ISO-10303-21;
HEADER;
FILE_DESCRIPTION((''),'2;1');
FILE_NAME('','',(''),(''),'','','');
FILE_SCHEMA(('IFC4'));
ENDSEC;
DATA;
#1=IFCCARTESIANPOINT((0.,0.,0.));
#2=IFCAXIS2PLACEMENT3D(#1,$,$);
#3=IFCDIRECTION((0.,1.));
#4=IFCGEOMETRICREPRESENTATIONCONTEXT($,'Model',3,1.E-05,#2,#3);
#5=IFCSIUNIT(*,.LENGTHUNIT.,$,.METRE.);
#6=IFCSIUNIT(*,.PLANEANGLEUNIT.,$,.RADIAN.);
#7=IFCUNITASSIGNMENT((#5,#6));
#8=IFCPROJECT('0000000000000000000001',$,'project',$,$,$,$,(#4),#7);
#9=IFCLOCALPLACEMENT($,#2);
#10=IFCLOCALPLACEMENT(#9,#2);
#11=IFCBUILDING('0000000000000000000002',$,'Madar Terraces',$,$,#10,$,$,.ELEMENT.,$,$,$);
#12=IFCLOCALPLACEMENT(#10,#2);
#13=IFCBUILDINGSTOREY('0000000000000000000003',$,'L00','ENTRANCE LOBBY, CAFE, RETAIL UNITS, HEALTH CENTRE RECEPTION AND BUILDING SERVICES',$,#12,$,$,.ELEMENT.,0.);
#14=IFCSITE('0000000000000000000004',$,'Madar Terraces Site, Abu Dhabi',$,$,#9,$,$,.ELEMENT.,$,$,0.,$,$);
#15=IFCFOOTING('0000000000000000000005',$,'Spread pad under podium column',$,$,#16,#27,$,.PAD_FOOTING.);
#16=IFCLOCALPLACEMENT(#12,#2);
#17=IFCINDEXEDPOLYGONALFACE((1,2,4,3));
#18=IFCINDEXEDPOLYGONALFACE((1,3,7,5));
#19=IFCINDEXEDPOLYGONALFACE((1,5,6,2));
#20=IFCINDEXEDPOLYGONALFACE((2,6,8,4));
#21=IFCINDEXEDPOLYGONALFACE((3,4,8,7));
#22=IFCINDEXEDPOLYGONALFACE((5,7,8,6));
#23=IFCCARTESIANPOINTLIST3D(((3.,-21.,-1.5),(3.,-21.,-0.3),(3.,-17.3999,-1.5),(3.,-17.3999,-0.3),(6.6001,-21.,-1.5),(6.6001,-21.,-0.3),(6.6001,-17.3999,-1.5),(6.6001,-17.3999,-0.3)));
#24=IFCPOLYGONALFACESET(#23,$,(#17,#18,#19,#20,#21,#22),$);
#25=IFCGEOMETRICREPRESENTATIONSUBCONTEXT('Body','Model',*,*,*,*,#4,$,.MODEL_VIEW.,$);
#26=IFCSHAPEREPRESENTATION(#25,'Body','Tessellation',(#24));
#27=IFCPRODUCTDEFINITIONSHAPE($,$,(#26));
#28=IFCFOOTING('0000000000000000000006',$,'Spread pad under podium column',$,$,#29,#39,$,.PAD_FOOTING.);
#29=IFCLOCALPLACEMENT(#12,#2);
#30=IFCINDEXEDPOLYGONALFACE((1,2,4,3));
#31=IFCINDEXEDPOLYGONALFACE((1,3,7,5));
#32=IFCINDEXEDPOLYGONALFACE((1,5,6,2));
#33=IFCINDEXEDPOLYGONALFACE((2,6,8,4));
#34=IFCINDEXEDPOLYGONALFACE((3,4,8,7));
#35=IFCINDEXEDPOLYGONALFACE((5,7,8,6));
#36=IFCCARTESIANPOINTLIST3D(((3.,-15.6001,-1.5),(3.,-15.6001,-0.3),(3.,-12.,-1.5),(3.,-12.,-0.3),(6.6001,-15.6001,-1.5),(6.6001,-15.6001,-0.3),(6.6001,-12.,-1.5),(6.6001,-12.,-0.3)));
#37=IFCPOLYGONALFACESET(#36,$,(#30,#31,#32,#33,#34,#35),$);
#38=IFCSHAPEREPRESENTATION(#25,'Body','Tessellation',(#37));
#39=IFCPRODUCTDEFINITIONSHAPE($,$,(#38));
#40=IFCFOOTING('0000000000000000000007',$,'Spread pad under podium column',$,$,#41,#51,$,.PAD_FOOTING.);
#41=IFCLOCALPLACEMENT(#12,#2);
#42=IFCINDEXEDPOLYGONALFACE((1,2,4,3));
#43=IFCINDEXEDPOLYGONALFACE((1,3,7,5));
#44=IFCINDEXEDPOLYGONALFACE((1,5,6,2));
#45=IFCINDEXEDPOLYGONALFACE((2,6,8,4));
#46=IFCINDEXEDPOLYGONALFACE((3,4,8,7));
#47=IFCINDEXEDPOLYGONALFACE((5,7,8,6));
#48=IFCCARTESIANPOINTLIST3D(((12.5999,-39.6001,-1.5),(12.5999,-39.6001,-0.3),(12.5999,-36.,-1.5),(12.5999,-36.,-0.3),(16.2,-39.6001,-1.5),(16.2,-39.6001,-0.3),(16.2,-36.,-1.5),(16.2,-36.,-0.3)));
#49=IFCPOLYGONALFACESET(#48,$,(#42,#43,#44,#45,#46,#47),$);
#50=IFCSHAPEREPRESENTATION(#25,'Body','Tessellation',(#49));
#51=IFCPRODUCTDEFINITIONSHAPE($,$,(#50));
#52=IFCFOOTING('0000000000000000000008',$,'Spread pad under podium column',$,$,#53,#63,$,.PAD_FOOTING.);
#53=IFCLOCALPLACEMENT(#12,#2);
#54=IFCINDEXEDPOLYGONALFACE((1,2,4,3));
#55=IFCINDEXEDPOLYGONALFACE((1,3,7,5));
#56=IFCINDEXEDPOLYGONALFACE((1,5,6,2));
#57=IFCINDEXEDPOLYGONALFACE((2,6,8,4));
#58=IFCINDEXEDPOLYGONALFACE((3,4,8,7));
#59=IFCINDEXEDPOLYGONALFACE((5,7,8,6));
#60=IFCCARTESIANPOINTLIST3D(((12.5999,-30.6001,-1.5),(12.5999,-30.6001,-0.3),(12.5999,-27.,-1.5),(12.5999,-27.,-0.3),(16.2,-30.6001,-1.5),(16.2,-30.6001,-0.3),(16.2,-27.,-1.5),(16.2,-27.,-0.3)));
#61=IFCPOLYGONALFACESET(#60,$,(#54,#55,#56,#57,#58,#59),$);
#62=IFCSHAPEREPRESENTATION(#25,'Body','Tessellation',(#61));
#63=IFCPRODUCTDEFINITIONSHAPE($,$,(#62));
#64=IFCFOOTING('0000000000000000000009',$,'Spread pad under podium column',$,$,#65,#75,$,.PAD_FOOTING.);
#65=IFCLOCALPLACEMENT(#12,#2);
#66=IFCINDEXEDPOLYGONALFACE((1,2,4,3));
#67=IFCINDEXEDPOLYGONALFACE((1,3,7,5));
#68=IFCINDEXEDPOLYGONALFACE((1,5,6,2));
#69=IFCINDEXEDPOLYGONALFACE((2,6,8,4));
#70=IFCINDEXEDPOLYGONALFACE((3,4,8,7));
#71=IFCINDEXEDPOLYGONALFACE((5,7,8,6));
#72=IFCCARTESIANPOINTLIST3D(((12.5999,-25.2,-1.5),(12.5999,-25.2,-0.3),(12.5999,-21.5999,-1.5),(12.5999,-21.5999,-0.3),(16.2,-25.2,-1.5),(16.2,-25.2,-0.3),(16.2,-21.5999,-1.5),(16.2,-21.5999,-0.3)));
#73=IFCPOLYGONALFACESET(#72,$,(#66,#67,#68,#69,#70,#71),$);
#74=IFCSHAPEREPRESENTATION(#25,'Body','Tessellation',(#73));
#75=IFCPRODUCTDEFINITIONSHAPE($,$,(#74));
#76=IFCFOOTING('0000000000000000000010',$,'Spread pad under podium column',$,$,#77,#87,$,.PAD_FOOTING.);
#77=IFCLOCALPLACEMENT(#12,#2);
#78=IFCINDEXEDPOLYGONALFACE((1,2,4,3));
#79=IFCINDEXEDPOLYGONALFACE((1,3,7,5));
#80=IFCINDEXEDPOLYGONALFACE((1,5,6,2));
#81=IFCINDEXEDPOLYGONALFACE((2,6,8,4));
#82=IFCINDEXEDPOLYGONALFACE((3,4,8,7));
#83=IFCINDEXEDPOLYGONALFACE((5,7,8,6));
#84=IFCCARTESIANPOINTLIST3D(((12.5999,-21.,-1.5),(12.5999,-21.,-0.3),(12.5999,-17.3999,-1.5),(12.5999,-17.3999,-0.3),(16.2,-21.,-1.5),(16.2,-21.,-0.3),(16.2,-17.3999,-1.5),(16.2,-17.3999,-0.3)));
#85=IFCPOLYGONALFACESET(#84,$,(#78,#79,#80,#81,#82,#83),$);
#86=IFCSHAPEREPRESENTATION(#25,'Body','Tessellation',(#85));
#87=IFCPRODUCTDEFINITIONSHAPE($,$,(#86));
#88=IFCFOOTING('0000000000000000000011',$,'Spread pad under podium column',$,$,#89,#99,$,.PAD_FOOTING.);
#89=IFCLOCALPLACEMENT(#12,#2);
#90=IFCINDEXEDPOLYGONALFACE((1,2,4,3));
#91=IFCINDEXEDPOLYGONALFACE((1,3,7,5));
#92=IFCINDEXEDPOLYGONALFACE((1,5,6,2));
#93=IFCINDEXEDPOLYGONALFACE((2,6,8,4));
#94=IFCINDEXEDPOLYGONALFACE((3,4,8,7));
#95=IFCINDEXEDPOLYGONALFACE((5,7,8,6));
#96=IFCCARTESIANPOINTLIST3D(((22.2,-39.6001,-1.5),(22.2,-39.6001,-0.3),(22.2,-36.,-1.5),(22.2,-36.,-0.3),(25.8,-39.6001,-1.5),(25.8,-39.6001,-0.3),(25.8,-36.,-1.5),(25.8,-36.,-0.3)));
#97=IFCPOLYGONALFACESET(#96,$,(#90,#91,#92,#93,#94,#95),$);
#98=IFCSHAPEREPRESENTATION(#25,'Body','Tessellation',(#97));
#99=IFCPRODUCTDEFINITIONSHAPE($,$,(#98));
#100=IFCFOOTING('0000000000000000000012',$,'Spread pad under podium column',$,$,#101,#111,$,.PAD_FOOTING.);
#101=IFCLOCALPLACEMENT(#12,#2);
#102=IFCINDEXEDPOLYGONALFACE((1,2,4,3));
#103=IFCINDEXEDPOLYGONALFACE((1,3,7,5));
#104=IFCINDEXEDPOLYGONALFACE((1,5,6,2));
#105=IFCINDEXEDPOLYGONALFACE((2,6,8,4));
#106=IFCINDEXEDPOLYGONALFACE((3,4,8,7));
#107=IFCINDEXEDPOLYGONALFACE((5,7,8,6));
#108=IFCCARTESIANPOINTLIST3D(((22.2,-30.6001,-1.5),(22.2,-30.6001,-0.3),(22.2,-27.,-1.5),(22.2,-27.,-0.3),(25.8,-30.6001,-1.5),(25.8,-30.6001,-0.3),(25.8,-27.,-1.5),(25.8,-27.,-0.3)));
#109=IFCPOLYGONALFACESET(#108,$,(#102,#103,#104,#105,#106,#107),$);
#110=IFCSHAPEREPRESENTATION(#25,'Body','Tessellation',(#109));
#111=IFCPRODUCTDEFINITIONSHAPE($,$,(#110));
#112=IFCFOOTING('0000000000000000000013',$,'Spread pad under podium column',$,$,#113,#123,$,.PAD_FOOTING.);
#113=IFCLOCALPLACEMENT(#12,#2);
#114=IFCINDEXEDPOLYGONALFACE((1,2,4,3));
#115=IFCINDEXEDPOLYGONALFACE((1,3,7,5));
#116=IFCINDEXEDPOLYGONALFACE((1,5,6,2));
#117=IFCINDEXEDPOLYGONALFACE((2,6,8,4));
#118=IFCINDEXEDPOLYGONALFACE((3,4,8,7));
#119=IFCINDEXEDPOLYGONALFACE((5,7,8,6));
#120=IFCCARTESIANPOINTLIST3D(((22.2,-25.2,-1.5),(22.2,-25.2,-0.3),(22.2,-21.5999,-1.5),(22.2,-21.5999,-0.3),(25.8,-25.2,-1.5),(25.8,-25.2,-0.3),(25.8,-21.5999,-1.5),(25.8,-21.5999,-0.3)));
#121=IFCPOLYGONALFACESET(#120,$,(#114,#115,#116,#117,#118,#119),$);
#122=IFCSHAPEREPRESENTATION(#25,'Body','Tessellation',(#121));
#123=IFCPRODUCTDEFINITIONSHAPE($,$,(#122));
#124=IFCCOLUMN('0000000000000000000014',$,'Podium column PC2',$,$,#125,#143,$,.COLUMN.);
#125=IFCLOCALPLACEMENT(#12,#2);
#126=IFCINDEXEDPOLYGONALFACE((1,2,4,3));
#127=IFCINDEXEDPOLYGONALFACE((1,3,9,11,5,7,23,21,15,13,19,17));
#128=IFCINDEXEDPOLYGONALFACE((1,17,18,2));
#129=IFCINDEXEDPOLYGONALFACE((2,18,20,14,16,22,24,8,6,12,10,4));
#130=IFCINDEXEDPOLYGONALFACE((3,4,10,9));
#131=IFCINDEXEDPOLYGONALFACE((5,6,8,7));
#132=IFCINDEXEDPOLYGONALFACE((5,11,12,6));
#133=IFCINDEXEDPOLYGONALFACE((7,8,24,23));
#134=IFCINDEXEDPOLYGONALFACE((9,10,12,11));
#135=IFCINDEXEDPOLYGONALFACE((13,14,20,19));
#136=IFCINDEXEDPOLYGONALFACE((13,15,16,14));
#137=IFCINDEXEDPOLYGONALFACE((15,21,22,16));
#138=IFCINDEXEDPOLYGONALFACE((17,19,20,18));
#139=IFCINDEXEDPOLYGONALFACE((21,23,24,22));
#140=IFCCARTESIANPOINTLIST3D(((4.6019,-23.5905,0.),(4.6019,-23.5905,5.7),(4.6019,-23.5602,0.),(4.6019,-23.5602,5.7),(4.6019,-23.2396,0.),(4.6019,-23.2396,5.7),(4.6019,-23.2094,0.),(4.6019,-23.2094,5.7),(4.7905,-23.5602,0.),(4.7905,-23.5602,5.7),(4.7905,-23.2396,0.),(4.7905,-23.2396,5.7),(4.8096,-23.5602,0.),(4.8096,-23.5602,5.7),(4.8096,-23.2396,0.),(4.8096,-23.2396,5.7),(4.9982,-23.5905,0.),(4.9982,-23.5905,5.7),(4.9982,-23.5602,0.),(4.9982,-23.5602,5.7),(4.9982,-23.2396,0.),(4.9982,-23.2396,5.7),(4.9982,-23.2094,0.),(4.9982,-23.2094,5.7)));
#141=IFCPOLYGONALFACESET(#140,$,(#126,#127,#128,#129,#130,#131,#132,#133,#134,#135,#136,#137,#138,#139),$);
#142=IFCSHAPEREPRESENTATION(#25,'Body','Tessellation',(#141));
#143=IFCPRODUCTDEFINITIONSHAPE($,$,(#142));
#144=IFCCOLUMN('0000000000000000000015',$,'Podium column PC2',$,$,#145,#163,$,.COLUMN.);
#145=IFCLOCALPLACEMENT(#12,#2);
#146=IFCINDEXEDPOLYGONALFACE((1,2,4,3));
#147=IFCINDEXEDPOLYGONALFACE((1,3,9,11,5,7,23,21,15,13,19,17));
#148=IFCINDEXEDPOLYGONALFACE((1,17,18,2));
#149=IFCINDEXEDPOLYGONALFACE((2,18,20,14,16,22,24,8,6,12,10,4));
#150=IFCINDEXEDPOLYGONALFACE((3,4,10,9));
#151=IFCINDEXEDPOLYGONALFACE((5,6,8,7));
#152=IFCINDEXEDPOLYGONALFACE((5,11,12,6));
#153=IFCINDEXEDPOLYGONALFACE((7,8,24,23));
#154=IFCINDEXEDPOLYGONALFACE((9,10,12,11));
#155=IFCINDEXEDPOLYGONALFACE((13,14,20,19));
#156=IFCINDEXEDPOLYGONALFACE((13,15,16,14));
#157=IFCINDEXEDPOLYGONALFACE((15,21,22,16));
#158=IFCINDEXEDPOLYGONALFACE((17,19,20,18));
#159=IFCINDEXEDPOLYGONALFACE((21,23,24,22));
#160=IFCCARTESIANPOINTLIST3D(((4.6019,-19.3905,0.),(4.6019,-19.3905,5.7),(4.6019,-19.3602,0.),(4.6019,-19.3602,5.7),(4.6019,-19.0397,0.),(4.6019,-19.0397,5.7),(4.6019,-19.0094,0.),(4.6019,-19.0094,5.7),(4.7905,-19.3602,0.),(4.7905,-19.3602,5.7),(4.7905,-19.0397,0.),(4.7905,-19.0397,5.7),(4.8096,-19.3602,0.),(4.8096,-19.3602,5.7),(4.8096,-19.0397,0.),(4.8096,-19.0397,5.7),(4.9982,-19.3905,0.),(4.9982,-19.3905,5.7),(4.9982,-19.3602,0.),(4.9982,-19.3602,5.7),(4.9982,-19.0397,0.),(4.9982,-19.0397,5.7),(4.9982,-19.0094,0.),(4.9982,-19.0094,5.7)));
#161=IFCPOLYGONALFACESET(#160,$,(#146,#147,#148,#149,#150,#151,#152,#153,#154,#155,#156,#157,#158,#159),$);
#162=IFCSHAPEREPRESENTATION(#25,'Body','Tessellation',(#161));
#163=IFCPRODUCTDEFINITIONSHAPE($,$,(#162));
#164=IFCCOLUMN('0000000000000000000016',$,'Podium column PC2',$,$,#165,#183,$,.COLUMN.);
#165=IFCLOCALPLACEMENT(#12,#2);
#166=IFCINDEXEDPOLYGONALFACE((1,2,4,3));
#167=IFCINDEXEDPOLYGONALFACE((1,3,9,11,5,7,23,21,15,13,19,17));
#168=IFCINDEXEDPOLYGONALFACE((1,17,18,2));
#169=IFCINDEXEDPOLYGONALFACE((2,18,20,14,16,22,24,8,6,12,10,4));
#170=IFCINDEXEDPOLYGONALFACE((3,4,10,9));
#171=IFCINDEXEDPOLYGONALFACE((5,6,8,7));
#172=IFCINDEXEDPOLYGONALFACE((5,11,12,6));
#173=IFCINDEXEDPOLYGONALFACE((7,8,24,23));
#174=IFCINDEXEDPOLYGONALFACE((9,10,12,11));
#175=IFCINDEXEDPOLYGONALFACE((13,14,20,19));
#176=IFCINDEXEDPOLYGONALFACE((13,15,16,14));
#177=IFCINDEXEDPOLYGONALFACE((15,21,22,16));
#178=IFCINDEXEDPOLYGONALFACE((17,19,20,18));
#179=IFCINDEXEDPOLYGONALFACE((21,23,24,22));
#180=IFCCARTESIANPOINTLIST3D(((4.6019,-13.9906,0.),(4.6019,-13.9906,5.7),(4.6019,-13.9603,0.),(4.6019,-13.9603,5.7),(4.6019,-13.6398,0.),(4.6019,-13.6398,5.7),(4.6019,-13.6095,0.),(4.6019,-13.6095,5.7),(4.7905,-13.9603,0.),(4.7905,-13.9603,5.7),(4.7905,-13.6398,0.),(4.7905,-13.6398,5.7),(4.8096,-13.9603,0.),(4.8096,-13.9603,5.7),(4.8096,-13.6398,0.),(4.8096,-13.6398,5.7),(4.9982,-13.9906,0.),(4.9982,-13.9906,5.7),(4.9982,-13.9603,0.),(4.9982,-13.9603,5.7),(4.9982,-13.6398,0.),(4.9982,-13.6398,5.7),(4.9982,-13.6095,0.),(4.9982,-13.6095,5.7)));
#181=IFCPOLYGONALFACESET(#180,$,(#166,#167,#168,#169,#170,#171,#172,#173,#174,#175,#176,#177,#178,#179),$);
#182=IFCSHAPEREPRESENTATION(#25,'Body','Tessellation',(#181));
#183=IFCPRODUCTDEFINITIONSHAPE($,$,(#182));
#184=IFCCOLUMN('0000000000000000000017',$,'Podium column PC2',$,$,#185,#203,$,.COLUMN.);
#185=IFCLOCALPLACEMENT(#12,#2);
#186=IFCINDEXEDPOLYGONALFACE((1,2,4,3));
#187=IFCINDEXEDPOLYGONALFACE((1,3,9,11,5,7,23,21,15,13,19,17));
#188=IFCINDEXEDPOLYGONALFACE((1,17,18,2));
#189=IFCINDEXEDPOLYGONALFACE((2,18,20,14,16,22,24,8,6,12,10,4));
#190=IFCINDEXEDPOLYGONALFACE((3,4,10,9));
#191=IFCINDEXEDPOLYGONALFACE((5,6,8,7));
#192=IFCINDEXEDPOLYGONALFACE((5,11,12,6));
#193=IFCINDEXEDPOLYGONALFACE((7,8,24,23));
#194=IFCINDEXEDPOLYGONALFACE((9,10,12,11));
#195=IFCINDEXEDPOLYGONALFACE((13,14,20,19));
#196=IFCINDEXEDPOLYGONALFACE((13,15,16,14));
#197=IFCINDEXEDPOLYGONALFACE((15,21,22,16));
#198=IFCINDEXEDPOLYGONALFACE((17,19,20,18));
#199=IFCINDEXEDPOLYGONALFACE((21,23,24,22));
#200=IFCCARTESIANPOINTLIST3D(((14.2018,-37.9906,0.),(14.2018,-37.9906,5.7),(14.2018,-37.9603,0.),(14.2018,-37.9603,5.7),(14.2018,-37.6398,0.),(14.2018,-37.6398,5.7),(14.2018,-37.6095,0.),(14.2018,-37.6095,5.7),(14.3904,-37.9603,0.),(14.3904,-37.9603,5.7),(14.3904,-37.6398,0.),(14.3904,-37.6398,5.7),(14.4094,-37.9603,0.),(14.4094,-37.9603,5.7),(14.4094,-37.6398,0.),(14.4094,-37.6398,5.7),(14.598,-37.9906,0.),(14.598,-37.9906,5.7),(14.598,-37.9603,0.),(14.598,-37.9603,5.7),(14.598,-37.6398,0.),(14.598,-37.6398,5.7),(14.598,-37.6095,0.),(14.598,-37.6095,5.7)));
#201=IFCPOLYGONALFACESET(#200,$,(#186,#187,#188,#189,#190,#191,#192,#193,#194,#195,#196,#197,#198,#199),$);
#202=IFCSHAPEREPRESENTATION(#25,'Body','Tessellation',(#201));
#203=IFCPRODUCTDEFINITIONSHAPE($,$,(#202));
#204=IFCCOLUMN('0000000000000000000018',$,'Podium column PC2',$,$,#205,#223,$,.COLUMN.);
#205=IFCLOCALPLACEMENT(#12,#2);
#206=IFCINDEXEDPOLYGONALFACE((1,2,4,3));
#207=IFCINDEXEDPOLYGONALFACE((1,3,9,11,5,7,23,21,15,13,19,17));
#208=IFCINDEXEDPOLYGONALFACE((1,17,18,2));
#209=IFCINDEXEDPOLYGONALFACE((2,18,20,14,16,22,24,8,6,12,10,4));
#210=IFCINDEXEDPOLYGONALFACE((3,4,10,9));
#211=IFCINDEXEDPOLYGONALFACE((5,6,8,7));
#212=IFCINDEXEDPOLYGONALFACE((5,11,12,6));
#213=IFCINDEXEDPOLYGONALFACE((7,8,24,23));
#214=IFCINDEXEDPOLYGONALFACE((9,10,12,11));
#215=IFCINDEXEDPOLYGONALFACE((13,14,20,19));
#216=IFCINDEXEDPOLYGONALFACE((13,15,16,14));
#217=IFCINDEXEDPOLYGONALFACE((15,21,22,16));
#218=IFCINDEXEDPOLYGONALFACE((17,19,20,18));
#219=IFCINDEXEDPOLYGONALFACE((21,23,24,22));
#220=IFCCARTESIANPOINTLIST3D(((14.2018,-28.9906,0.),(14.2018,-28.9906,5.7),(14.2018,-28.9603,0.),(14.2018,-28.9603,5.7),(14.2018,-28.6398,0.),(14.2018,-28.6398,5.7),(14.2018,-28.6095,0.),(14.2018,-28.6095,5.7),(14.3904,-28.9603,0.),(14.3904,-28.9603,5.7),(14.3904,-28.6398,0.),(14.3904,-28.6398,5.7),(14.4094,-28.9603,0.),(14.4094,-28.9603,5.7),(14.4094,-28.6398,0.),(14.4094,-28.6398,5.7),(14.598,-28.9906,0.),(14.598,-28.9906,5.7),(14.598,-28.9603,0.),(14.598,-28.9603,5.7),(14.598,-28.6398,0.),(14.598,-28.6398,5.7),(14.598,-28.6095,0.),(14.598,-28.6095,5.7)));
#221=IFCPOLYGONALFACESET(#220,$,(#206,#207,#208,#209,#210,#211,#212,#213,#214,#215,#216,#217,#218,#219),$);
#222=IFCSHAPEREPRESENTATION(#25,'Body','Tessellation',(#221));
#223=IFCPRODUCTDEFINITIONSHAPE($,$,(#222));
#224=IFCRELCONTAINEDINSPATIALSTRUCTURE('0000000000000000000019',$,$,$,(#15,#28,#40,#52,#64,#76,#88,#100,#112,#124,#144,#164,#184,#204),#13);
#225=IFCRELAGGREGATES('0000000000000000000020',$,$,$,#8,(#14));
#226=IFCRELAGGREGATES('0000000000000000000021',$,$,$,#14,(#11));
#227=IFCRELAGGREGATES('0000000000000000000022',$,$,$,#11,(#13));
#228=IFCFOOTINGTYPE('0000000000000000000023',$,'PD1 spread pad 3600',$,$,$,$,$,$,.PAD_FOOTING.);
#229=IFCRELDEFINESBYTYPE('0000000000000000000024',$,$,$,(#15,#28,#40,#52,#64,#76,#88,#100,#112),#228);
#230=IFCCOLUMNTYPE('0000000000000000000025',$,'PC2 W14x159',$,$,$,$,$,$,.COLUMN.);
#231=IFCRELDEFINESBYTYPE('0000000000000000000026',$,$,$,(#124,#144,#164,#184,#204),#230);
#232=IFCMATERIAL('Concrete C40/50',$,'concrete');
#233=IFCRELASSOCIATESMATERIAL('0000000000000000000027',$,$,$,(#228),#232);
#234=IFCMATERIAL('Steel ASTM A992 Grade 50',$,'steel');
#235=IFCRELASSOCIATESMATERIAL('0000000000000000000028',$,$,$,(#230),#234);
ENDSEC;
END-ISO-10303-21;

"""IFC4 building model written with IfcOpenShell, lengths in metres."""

from ifc_helpers import new_model, si_unit, direction, frame, origin, origin_2d, place, context, subcontext, project, spatial, rectangle, i_section, extrude, material, material_profile, profile_set, type_object, element, save


model = new_model("IFC4")

# Units and contexts
model_context = context("Model", 3, precision=1e-05, world=origin(), true_north=direction((0.0, 1.0)))
body_context = subcontext(model_context, "Body", "Model", "MODEL_VIEW")
ifc_project = project(units=[si_unit("LENGTHUNIT", "METRE"), si_unit("PLANEANGLEUNIT", "RADIAN")], contexts=[model_context])

# Site, building, storey
site_placement = place(None, origin())
site = spatial("IfcSite", under=ifc_project, at=site_placement, Name="Madar Terraces Site, Abu Dhabi", CompositionType="ELEMENT", RefElevation=0.0)
building_placement = place(site_placement, origin())
building = spatial("IfcBuilding", under=site, at=building_placement, Name="Madar Terraces", CompositionType="ELEMENT")
storey_placement = place(building_placement, origin())
storey = spatial("IfcBuildingStorey", under=building, at=storey_placement, Name="L00", Description="ENTRANCE LOBBY, CAFE, RETAIL UNITS, HEALTH CENTRE RECEPTION AND BUILDING SERVICES", CompositionType="ELEMENT", Elevation=0.0)

# Footings
ifc_material_1 = material(Name="Concrete C40/50", Category="concrete")
footing_type = type_object("IfcFootingType", Name="PD1 spread pad 3600", PredefinedType="PAD_FOOTING", material=ifc_material_1)
for number, where, z_axis, x_axis, name in (
    (1, (4.8, -19.2, -1.5), (0.0, 0.0, 1.0), (1.0, 0.0, 0.0), "Spread pad under podium column"),
    (2, (4.8, -13.8, -1.5), (0.0, 0.0, 1.0), (1.0, 0.0, 0.0), "Spread pad under podium column"),
    (3, (14.3999, -37.8, -1.5), (0.0, 0.0, 1.0), (1.0, 0.0, 0.0), "Spread pad under podium column"),
    (4, (14.3999, -28.8, -1.5), (0.0, 0.0, 1.0), (1.0, 0.0, 0.0), "Spread pad under podium column"),
    (5, (14.3999, -23.3999, -1.5), (0.0, 0.0, 1.0), (1.0, 0.0, 0.0), "Spread pad under podium column"),
    (6, (14.3999, -19.2, -1.5), (0.0, 0.0, 1.0), (1.0, 0.0, 0.0), "Spread pad under podium column"),
    (7, (24.0, -37.8, -1.5), (0.0, 0.0, 1.0), (1.0, 0.0, 0.0), "Spread pad under podium column"),
    (8, (24.0, -28.8, -1.5), (0.0, 0.0, 1.0), (1.0, 0.0, 0.0), "Spread pad under podium column"),
    (9, (24.0, -23.3999, -1.5), (0.0, 0.0, 1.0), (1.0, 0.0, 0.0), "Spread pad under podium column"),
):
    element("IfcFooting", number, at=place(storey_placement, frame(where, z_axis=z_axis, x_axis=x_axis)), inside=storey, type_object=footing_type, Name=name, PredefinedType="PAD_FOOTING", context=body_context, shape_type="SweptSolid", body=[
        extrude(rectangle(XDim=3.6001, YDim=3.6001, at=origin_2d()), origin(), (0.0, 0.0, 1.0), 1.2),
    ])

# Columns
ifc_material_2 = material(Name="Steel ASTM A992 Grade 50", Category="steel")
ifc_material_profile = material_profile(ifc_material_2, i_section(OverallWidth=0.3962, OverallDepth=0.3811, WebThickness=0.019, FlangeThickness=0.0303, at=origin_2d()), Name="W14x159")
ifc_profile_set = profile_set([ifc_material_profile], Name="Steel ASTM A992 Grade 50")
column_type = type_object("IfcColumnType", Name="PC2 W14x159", PredefinedType="COLUMN", material=ifc_profile_set)
for number, where, z_axis, x_axis, name in (
    (10, (4.8, -23.3999, 0.0), (0.0, 0.0, 1.0), (1.0, 0.0, 0.0), "Podium column PC2"),
    (11, (4.8, -19.2, 0.0), (0.0, 0.0, 1.0), (1.0, 0.0, 0.0), "Podium column PC2"),
    (12, (4.8, -13.8, 0.0), (0.0, 0.0, 1.0), (1.0, 0.0, 0.0), "Podium column PC2"),
    (13, (14.3999, -37.8, 0.0), (0.0, 0.0, 1.0), (1.0, 0.0, 0.0), "Podium column PC2"),
    (14, (14.3999, -28.8, 0.0), (0.0, 0.0, 1.0), (1.0, 0.0, 0.0), "Podium column PC2"),
):
    element("IfcColumn", number, at=place(storey_placement, frame(where, z_axis=z_axis, x_axis=x_axis)), inside=storey, type_object=column_type, Name=name, PredefinedType="COLUMN", context=body_context, shape_type="SweptSolid", body=[
        extrude(i_section(OverallWidth=0.3962, OverallDepth=0.3811, WebThickness=0.019, FlangeThickness=0.0303, at=origin_2d()), origin(), (0.0, 0.0, 1.0), 5.7),
    ])

save(model, "model.ifc")
